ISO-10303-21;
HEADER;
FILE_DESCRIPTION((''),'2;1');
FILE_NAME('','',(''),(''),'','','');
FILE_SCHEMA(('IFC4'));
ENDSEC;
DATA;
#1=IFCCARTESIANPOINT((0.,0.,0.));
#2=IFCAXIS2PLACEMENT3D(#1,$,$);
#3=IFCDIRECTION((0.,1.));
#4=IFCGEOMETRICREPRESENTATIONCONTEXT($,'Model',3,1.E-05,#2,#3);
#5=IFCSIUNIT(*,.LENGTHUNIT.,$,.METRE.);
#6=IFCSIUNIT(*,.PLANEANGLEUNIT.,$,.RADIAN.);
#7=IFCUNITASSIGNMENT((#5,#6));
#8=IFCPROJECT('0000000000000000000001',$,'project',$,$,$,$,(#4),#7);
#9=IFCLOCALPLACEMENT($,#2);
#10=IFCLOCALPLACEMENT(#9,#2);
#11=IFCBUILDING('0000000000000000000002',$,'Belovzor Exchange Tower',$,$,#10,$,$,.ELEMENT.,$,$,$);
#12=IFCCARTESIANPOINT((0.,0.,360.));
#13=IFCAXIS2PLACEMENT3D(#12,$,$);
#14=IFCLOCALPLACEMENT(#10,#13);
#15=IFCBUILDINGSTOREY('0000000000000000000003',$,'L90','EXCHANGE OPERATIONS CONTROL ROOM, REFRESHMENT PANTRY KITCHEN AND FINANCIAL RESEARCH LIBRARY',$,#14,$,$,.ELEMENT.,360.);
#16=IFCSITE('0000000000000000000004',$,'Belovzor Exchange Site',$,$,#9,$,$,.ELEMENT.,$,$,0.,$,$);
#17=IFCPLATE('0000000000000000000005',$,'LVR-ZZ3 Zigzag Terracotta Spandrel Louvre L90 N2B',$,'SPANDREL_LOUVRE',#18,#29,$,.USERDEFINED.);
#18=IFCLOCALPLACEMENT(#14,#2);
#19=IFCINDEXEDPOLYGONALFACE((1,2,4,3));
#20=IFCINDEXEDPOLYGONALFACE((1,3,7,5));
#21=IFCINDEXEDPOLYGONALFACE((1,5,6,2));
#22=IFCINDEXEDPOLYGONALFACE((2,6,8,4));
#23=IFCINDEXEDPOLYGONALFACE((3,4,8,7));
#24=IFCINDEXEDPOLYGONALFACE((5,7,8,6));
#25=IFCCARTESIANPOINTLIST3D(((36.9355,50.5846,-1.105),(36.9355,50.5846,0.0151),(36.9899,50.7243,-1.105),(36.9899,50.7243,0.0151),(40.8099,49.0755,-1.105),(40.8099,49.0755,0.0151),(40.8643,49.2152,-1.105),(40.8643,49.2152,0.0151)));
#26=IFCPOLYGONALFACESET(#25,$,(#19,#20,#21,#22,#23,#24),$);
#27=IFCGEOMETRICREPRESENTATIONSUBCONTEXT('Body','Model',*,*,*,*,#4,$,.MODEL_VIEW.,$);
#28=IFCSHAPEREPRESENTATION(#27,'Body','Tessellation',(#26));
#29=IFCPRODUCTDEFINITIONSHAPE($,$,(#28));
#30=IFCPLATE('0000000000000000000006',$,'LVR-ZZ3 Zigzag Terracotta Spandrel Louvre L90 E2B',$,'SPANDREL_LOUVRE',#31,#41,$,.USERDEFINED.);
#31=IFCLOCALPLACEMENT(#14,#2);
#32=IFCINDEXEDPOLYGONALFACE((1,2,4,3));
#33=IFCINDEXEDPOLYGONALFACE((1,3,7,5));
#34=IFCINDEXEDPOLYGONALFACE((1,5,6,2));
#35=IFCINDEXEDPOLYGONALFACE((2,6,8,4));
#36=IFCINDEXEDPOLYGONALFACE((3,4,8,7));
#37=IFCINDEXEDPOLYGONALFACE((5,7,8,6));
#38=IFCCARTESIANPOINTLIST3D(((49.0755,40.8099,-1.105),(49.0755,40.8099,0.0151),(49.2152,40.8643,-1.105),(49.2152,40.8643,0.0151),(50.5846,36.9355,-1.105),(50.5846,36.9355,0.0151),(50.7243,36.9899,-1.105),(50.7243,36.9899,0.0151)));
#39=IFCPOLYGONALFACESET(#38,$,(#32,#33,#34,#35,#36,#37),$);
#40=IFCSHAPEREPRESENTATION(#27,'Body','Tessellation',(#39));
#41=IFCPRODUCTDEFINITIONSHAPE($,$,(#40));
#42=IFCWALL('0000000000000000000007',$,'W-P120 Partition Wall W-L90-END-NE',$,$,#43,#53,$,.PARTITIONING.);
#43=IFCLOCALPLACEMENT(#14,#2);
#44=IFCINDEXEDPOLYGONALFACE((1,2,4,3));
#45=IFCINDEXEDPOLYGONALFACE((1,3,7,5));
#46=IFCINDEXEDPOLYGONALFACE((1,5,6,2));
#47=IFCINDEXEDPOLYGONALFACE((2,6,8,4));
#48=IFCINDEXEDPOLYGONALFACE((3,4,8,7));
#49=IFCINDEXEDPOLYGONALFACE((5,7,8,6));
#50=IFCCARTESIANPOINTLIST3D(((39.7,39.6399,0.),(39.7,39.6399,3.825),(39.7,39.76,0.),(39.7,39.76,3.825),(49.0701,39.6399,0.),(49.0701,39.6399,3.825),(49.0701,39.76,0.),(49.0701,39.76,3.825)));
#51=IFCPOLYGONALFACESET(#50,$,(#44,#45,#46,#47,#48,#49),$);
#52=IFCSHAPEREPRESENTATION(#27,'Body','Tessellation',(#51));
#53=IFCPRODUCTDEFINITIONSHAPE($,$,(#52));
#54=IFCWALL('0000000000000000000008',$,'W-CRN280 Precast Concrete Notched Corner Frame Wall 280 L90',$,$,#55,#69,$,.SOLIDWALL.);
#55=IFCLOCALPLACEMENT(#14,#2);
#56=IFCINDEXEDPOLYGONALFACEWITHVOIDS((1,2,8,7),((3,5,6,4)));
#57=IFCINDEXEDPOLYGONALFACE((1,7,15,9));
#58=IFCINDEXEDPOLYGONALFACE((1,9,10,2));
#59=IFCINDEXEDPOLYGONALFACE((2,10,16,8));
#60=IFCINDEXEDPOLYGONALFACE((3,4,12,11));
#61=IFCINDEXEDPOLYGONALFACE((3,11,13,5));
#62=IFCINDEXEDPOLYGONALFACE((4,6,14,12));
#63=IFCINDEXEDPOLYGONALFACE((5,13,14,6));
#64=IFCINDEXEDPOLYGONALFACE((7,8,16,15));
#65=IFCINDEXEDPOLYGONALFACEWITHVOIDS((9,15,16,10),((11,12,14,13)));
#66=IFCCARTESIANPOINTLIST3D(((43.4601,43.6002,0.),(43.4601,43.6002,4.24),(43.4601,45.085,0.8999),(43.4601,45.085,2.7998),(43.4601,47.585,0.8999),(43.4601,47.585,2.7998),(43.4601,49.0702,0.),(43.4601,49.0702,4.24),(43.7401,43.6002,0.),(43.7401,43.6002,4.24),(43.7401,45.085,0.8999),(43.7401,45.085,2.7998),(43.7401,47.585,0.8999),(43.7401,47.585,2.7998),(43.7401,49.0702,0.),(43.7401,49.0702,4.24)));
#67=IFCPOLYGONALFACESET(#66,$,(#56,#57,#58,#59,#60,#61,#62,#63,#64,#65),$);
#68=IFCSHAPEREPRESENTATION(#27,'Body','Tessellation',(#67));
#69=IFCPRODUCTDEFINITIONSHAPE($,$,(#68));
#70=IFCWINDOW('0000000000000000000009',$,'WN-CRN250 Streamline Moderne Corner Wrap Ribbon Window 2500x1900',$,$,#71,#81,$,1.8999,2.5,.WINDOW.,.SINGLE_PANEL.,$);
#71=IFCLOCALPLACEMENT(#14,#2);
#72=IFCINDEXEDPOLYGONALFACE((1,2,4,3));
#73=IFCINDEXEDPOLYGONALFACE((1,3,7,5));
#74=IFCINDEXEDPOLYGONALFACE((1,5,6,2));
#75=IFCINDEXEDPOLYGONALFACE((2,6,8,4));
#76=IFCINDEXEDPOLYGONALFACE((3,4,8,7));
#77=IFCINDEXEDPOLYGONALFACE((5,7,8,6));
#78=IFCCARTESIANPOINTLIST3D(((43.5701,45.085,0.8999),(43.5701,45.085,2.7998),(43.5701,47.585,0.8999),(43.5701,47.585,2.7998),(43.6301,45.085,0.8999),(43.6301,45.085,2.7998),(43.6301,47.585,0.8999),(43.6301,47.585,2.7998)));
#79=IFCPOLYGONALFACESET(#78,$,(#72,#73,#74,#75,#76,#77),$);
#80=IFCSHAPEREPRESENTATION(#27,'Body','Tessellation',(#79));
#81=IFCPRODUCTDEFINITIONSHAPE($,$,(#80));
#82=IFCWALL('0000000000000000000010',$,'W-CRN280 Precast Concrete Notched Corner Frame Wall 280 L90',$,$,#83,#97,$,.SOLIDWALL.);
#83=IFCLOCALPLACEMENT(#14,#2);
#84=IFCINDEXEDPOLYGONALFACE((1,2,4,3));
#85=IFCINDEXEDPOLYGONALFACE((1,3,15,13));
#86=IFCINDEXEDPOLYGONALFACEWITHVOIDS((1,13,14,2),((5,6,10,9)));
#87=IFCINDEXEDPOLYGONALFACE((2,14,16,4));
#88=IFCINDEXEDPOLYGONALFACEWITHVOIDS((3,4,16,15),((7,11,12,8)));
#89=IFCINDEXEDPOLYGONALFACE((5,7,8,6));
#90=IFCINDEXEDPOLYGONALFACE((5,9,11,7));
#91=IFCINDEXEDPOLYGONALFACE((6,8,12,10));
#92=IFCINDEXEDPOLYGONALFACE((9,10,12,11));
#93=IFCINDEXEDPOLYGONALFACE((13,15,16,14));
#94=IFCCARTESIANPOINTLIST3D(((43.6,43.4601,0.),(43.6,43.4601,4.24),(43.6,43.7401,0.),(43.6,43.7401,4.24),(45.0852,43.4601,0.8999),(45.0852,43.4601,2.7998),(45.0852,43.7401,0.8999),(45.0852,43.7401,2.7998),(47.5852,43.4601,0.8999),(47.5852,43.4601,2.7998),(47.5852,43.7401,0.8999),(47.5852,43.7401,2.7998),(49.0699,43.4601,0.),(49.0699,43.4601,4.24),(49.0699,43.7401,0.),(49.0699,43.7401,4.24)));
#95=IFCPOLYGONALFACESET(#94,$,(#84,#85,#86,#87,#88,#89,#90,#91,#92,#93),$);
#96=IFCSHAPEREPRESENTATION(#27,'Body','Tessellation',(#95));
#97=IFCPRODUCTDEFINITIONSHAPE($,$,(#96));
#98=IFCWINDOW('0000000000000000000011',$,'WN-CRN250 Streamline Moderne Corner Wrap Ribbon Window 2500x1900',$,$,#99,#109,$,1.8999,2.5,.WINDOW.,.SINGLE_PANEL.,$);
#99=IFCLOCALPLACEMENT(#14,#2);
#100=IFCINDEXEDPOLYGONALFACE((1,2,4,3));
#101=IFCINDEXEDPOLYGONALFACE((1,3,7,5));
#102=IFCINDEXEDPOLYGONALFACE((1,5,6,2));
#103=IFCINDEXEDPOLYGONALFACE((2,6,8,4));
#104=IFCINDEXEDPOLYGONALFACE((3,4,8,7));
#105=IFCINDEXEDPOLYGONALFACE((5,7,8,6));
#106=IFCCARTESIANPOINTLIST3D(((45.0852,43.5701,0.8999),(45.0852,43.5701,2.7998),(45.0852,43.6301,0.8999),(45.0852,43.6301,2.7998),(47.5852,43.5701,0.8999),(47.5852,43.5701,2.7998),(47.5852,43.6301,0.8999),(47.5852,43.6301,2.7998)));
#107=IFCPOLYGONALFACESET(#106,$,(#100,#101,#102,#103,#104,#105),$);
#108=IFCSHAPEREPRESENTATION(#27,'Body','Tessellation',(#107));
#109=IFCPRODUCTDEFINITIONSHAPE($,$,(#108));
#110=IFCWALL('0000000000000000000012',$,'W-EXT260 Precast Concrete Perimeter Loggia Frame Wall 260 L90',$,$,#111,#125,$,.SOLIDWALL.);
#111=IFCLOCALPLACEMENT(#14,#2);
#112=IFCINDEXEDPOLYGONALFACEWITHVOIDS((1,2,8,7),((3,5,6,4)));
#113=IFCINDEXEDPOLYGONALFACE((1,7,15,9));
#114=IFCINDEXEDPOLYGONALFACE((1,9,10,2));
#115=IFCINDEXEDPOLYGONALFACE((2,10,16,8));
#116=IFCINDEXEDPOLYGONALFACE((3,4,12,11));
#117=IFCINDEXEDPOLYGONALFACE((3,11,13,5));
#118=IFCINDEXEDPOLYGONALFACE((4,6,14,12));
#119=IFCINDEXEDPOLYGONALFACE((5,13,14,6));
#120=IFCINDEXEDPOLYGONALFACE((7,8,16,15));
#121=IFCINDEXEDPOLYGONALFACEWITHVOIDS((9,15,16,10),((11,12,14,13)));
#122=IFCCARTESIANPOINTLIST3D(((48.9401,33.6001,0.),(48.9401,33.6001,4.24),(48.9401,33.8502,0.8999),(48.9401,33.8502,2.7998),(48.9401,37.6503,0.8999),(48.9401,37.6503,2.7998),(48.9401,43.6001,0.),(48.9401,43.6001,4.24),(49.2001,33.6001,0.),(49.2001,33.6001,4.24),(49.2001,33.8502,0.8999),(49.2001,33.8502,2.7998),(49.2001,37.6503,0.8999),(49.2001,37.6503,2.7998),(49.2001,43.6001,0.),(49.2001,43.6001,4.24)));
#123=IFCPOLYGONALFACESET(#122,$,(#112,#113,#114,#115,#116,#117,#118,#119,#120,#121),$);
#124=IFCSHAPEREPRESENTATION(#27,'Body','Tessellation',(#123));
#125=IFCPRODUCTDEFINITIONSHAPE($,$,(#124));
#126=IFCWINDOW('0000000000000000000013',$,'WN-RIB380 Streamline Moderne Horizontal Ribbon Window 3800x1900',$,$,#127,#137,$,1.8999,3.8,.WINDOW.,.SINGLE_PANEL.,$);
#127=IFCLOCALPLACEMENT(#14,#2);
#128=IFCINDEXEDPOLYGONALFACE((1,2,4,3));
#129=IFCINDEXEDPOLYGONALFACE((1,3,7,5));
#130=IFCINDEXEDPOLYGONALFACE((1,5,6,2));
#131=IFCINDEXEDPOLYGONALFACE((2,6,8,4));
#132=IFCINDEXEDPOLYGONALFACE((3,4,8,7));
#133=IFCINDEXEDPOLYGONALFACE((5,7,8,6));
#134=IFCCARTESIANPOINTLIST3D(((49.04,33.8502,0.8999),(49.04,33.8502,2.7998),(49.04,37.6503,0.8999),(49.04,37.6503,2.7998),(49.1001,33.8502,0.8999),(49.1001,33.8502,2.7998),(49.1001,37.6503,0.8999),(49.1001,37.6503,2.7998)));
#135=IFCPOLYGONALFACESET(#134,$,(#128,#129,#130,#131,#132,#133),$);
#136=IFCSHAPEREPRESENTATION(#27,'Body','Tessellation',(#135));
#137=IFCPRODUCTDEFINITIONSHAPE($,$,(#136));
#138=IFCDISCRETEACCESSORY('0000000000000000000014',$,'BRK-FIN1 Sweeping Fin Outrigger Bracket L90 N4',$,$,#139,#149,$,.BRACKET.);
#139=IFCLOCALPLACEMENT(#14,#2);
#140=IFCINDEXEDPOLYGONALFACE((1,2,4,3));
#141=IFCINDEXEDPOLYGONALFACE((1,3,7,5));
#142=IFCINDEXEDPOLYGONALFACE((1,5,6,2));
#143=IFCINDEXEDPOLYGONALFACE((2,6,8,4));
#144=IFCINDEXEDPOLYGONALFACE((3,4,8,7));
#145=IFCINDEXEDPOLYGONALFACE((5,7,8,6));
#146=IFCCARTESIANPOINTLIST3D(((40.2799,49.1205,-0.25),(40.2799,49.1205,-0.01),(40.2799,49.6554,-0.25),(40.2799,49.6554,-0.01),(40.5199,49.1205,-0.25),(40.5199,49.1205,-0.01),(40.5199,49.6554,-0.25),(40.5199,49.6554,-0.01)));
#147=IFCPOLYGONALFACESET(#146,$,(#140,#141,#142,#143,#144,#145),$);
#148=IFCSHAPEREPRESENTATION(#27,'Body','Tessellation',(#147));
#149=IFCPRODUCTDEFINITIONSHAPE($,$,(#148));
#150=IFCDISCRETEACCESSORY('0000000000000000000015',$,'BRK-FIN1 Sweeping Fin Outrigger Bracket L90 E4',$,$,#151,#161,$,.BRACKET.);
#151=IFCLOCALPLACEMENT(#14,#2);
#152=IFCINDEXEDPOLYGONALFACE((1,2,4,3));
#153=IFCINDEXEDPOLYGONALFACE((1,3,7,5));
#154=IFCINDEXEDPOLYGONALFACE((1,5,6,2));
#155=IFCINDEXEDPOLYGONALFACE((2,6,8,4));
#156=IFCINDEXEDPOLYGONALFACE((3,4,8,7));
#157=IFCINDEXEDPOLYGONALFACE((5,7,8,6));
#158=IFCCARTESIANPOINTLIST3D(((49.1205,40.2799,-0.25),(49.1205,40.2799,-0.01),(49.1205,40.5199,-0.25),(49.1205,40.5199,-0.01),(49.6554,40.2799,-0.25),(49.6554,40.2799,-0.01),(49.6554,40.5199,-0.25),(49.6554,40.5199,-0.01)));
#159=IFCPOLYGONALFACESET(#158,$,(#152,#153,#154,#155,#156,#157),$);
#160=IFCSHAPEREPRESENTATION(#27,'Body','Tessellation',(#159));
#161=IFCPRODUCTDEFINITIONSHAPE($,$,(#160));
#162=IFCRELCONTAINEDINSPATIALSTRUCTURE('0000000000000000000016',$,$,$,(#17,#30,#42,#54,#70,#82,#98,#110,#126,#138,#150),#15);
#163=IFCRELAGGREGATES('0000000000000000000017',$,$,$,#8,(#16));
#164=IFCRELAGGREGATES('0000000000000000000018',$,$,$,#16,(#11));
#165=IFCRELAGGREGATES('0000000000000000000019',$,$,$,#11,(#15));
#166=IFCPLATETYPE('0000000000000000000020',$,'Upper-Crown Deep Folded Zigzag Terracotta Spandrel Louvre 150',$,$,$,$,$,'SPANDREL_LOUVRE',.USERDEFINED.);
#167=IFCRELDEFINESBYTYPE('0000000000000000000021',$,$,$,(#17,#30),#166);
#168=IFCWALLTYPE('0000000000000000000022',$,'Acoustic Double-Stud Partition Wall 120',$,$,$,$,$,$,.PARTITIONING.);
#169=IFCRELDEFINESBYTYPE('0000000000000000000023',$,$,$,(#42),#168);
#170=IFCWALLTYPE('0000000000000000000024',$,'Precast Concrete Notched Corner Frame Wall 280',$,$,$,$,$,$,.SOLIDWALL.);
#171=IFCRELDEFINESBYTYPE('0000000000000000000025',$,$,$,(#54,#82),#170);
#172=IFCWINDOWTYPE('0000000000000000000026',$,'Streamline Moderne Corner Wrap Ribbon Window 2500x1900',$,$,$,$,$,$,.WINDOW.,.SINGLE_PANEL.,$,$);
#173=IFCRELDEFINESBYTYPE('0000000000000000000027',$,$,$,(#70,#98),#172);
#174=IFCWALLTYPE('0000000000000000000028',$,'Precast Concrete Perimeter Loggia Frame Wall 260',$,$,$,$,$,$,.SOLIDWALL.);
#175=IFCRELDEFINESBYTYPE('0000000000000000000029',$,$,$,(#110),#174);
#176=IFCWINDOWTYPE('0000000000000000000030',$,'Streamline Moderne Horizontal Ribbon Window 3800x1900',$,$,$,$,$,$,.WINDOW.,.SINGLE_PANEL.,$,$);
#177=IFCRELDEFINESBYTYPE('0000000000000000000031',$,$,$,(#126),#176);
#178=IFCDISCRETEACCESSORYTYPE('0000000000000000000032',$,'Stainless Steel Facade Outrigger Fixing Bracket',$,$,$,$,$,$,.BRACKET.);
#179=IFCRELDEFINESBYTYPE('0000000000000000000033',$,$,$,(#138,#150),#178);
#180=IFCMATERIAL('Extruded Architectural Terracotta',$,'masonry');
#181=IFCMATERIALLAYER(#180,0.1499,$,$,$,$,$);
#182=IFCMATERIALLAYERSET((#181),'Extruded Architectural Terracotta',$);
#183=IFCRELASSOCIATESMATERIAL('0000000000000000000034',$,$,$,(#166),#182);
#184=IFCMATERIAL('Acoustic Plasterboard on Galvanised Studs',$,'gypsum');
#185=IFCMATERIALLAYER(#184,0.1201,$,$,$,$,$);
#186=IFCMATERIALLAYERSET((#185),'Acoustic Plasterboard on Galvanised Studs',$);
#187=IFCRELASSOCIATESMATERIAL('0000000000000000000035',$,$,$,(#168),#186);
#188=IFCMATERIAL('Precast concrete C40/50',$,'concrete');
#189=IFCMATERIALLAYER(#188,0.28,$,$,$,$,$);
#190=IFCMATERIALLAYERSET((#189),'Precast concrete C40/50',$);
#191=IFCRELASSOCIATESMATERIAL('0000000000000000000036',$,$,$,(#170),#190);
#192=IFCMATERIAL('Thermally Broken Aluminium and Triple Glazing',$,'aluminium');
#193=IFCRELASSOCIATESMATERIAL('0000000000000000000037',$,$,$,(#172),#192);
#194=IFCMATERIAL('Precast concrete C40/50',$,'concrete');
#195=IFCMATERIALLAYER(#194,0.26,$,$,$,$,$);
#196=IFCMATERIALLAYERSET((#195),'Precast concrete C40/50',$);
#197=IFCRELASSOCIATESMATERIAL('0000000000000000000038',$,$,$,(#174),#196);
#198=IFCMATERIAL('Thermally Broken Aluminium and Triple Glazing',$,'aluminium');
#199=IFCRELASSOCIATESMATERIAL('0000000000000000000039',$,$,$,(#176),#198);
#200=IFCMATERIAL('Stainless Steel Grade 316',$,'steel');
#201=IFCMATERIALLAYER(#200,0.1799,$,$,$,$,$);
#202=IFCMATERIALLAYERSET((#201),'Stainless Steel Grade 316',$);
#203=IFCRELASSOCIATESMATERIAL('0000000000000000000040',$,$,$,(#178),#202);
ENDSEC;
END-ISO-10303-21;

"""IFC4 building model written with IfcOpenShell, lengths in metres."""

from ifc_helpers import new_model, si_unit, direction, frame, frame_2d, origin, origin_2d, place, context, subcontext, project, spatial, rectangle, extrude, material, layer, layer_set, type_object, element, fill, save


model = new_model("IFC4")

# Units and contexts
model_context = context("Model", 3, precision=1e-05, world=origin(), true_north=direction((0.0, 1.0)))
body_context = subcontext(model_context, "Body", "Model", "MODEL_VIEW")
ifc_project = project(units=[si_unit("LENGTHUNIT", "METRE"), si_unit("PLANEANGLEUNIT", "RADIAN")], contexts=[model_context])

# Site, building, storey
site_placement = place(None, origin())
site = spatial("IfcSite", under=ifc_project, at=site_placement, Name="Belovzor Exchange Site", CompositionType="ELEMENT", RefElevation=0.0)
building_placement = place(site_placement, origin())
building = spatial("IfcBuilding", under=site, at=building_placement, Name="Belovzor Exchange Tower", CompositionType="ELEMENT")
storey_placement = place(building_placement, frame((0.0, 0.0, 360.0)))
storey = spatial("IfcBuildingStorey", under=building, at=storey_placement, Name="L90", Description="EXCHANGE OPERATIONS CONTROL ROOM, REFRESHMENT PANTRY KITCHEN AND FINANCIAL RESEARCH LIBRARY", CompositionType="ELEMENT", Elevation=360.0)

# Plates
ifc_material_1 = material(Name="Extruded Architectural Terracotta", Category="masonry")
ifc_layer_1 = layer(ifc_material_1, 0.1499)
ifc_layer_set_1 = layer_set([ifc_layer_1], Name="Extruded Architectural Terracotta")
plate_type = type_object("IfcPlateType", Name="Upper-Crown Deep Folded Zigzag Terracotta Spandrel Louvre 150", ElementType="SPANDREL_LOUVRE", PredefinedType="USERDEFINED", material=ifc_layer_set_1)
for number, where, z_axis, x_axis, name in (
    (1, (38.8999, 49.8999, -1.105), (0.0, 0.0, 1.0), (0.931818, -0.362926, 0.0), "LVR-ZZ3 Zigzag Terracotta Spandrel Louvre L90 N2B"),
    (2, (49.8999, 38.8999, -1.105), (0.0, 0.0, 1.0), (-0.362926, 0.931818, 0.0), "LVR-ZZ3 Zigzag Terracotta Spandrel Louvre L90 E2B"),
):
    element("IfcPlate", number, at=place(storey_placement, frame(where, z_axis=z_axis, x_axis=x_axis)), inside=storey, type_object=plate_type, Name=name, ObjectType="SPANDREL_LOUVRE", PredefinedType="USERDEFINED", context=body_context, shape_type="SweptSolid", body=[
        extrude(rectangle(XDim=4.158, YDim=0.1499, at=origin_2d()), origin(), (0.0, 0.0, 1.0), 1.1201),
    ])

# Wall
ifc_material_2 = material(Name="Acoustic Plasterboard on Galvanised Studs", Category="gypsum")
ifc_layer_2 = layer(ifc_material_2, 0.1201)
ifc_layer_set_2 = layer_set([ifc_layer_2], Name="Acoustic Plasterboard on Galvanised Studs")
wall_type_1 = type_object("IfcWallType", Name="Acoustic Double-Stud Partition Wall 120", PredefinedType="PARTITIONING", material=ifc_layer_set_2)
wall_1_placement = place(storey_placement, frame((39.7, 39.7, 0.0), z_axis=(0.0, 0.0, 1.0), x_axis=(1.0, 0.0, 0.0)))
element("IfcWall", 3, at=wall_1_placement, inside=storey, type_object=wall_type_1, Name="W-P120 Partition Wall W-L90-END-NE", PredefinedType="PARTITIONING", context=body_context, shape_type="SweptSolid", body=[
    extrude(rectangle(XDim=9.3701, YDim=0.1201, at=frame_2d((4.6851, 0.0))), origin(), (0.0, 0.0, 1.0), 3.825),
])

# Walls, openings, windows
ifc_material_3 = material(Name="Precast concrete C40/50", Category="concrete")
ifc_layer_3 = layer(ifc_material_3, 0.28)
ifc_layer_set_3 = layer_set([ifc_layer_3], Name="Precast concrete C40/50")
wall_type_2 = type_object("IfcWallType", Name="Precast Concrete Notched Corner Frame Wall 280", PredefinedType="SOLIDWALL", material=ifc_layer_set_3)
wall_2_placement = place(storey_placement, frame((43.6001, 49.0701, 0.0), z_axis=(0.0, 0.0, 1.0), x_axis=(0.0, -1.0, 0.0)))
wall_2 = element("IfcWall", 4, at=wall_2_placement, inside=storey, type_object=wall_type_2, Name="W-CRN280 Precast Concrete Notched Corner Frame Wall 280 L90", PredefinedType="SOLIDWALL", context=body_context, shape_type="SweptSolid", body=[
    extrude(rectangle(XDim=5.47, YDim=0.28, at=frame_2d((2.7349, 0.0))), origin(), (0.0, 0.0, 1.0), 4.24),
])
opening_1_placement = place(wall_2_placement, frame((1.4851, 0.0, 0.8999)))
opening_1 = element("IfcOpeningElement", 5, at=opening_1_placement, cuts=wall_2, PredefinedType="OPENING", context=body_context, shape_type="SweptSolid", body=[
    extrude(rectangle(XDim=2.5, YDim=1.8999, at=frame_2d((1.25, 0.95))), frame((0.0, 0.1499, 0.0), z_axis=(0.0, -1.0, 0.0), x_axis=(1.0, 0.0, 0.0)), (0.0, 0.0, 1.0), 0.3),
])
ifc_material_4 = material(Name="Thermally Broken Aluminium and Triple Glazing", Category="aluminium")
window_type_1 = type_object("IfcWindowType", Name="Streamline Moderne Corner Wrap Ribbon Window 2500x1900", PartitioningType="SINGLE_PANEL", PredefinedType="WINDOW", material=ifc_material_4)
window_1_placement = place(opening_1_placement, origin())
window_1 = element("IfcWindow", 6, at=window_1_placement, inside=storey, type_object=window_type_1, Name="WN-CRN250 Streamline Moderne Corner Wrap Ribbon Window 2500x1900", OverallHeight=1.8999, OverallWidth=2.5, PartitioningType="SINGLE_PANEL", PredefinedType="WINDOW", context=body_context, shape_type="SweptSolid", body=[
    extrude(rectangle(XDim=2.5, YDim=1.8999, at=frame_2d((1.25, 0.95))), frame((0.0, 0.03, 0.0), z_axis=(0.0, -1.0, 0.0), x_axis=(1.0, 0.0, 0.0)), (0.0, 0.0, 1.0), 0.0601),
])
fill(opening_1, window_1)
wall_3_placement = place(storey_placement, frame((43.6001, 43.6001, 0.0), z_axis=(0.0, 0.0, 1.0), x_axis=(1.0, 0.0, 0.0)))
wall_3 = element("IfcWall", 7, at=wall_3_placement, inside=storey, type_object=wall_type_2, Name="W-CRN280 Precast Concrete Notched Corner Frame Wall 280 L90", PredefinedType="SOLIDWALL", context=body_context, shape_type="SweptSolid", body=[
    extrude(rectangle(XDim=5.47, YDim=0.28, at=frame_2d((2.7349, 0.0))), origin(), (0.0, 0.0, 1.0), 4.24),
])
opening_2_placement = place(wall_3_placement, frame((1.4851, 0.0, 0.8999)))
opening_2 = element("IfcOpeningElement", 8, at=opening_2_placement, cuts=wall_3, PredefinedType="OPENING", context=body_context, shape_type="SweptSolid", body=[
    extrude(rectangle(XDim=2.5, YDim=1.8999, at=frame_2d((1.25, 0.95))), frame((0.0, 0.1499, 0.0), z_axis=(0.0, -1.0, 0.0), x_axis=(1.0, 0.0, 0.0)), (0.0, 0.0, 1.0), 0.3),
])
window_2_placement = place(opening_2_placement, origin())
window_2 = element("IfcWindow", 9, at=window_2_placement, inside=storey, type_object=window_type_1, Name="WN-CRN250 Streamline Moderne Corner Wrap Ribbon Window 2500x1900", OverallHeight=1.8999, OverallWidth=2.5, PartitioningType="SINGLE_PANEL", PredefinedType="WINDOW", context=body_context, shape_type="SweptSolid", body=[
    extrude(rectangle(XDim=2.5, YDim=1.8999, at=frame_2d((1.25, 0.95))), frame((0.0, 0.03, 0.0), z_axis=(0.0, -1.0, 0.0), x_axis=(1.0, 0.0, 0.0)), (0.0, 0.0, 1.0), 0.0601),
])
fill(opening_2, window_2)
ifc_material_5 = material(Name="Precast concrete C40/50", Category="concrete")
ifc_layer_4 = layer(ifc_material_5, 0.26)
ifc_layer_set_4 = layer_set([ifc_layer_4], Name="Precast concrete C40/50")
wall_type_3 = type_object("IfcWallType", Name="Precast Concrete Perimeter Loggia Frame Wall 260", PredefinedType="SOLIDWALL", material=ifc_layer_set_4)
wall_4_placement = place(storey_placement, frame((49.0701, 43.6001, 0.0), z_axis=(0.0, 0.0, 1.0), x_axis=(0.0, -1.0, 0.0)))
wall_4 = element("IfcWall", 10, at=wall_4_placement, inside=storey, type_object=wall_type_3, Name="W-EXT260 Precast Concrete Perimeter Loggia Frame Wall 260 L90", PredefinedType="SOLIDWALL", context=body_context, shape_type="SweptSolid", body=[
    extrude(rectangle(XDim=10.0, YDim=0.26, at=frame_2d((5.0, 0.0))), origin(), (0.0, 0.0, 1.0), 4.24),
])
opening_3_placement = place(wall_4_placement, frame((5.95, 0.0, 0.8999)))
opening_3 = element("IfcOpeningElement", 11, at=opening_3_placement, cuts=wall_4, PredefinedType="OPENING", context=body_context, shape_type="SweptSolid", body=[
    extrude(rectangle(XDim=3.8, YDim=1.8999, at=frame_2d((1.8999, 0.95))), frame((0.0, 0.1399, 0.0), z_axis=(0.0, -1.0, 0.0), x_axis=(1.0, 0.0, 0.0)), (0.0, 0.0, 1.0), 0.28),
])
ifc_material_6 = material(Name="Thermally Broken Aluminium and Triple Glazing", Category="aluminium")
window_type_2 = type_object("IfcWindowType", Name="Streamline Moderne Horizontal Ribbon Window 3800x1900", PartitioningType="SINGLE_PANEL", PredefinedType="WINDOW", material=ifc_material_6)
window_3_placement = place(opening_3_placement, origin())
window_3 = element("IfcWindow", 12, at=window_3_placement, inside=storey, type_object=window_type_2, Name="WN-RIB380 Streamline Moderne Horizontal Ribbon Window 3800x1900", OverallHeight=1.8999, OverallWidth=3.8, PartitioningType="SINGLE_PANEL", PredefinedType="WINDOW", context=body_context, shape_type="SweptSolid", body=[
    extrude(rectangle(XDim=3.8, YDim=1.8999, at=frame_2d((1.8999, 0.95))), frame((0.0, 0.03, 0.0), z_axis=(0.0, -1.0, 0.0), x_axis=(1.0, 0.0, 0.0)), (0.0, 0.0, 1.0), 0.0601),
])
fill(opening_3, window_3)

# Discrete accessories
ifc_material_7 = material(Name="Stainless Steel Grade 316", Category="steel")
ifc_layer_5 = layer(ifc_material_7, 0.1799)
ifc_layer_set_5 = layer_set([ifc_layer_5], Name="Stainless Steel Grade 316")
discrete_accessory_type = type_object("IfcDiscreteAccessoryType", Name="Stainless Steel Facade Outrigger Fixing Bracket", PredefinedType="BRACKET", material=ifc_layer_set_5)
for number, where, z_axis, x_axis, name in (
    (13, (40.3999, 49.3879, -0.25), (0.0, 0.0, 1.0), (0.0, 1.0, 0.0), "BRK-FIN1 Sweeping Fin Outrigger Bracket L90 N4"),
    (14, (49.3879, 40.3999, -0.25), (0.0, 0.0, 1.0), (1.0, 0.0, 0.0), "BRK-FIN1 Sweeping Fin Outrigger Bracket L90 E4"),
):
    element("IfcDiscreteAccessory", number, at=place(storey_placement, frame(where, z_axis=z_axis, x_axis=x_axis)), inside=storey, type_object=discrete_accessory_type, Name=name, PredefinedType="BRACKET", context=body_context, shape_type="SweptSolid", body=[
        extrude(rectangle(XDim=0.5349, YDim=0.24, at=origin_2d()), origin(), (0.0, 0.0, 1.0), 0.24),
    ])

save(model, "model.ifc")
